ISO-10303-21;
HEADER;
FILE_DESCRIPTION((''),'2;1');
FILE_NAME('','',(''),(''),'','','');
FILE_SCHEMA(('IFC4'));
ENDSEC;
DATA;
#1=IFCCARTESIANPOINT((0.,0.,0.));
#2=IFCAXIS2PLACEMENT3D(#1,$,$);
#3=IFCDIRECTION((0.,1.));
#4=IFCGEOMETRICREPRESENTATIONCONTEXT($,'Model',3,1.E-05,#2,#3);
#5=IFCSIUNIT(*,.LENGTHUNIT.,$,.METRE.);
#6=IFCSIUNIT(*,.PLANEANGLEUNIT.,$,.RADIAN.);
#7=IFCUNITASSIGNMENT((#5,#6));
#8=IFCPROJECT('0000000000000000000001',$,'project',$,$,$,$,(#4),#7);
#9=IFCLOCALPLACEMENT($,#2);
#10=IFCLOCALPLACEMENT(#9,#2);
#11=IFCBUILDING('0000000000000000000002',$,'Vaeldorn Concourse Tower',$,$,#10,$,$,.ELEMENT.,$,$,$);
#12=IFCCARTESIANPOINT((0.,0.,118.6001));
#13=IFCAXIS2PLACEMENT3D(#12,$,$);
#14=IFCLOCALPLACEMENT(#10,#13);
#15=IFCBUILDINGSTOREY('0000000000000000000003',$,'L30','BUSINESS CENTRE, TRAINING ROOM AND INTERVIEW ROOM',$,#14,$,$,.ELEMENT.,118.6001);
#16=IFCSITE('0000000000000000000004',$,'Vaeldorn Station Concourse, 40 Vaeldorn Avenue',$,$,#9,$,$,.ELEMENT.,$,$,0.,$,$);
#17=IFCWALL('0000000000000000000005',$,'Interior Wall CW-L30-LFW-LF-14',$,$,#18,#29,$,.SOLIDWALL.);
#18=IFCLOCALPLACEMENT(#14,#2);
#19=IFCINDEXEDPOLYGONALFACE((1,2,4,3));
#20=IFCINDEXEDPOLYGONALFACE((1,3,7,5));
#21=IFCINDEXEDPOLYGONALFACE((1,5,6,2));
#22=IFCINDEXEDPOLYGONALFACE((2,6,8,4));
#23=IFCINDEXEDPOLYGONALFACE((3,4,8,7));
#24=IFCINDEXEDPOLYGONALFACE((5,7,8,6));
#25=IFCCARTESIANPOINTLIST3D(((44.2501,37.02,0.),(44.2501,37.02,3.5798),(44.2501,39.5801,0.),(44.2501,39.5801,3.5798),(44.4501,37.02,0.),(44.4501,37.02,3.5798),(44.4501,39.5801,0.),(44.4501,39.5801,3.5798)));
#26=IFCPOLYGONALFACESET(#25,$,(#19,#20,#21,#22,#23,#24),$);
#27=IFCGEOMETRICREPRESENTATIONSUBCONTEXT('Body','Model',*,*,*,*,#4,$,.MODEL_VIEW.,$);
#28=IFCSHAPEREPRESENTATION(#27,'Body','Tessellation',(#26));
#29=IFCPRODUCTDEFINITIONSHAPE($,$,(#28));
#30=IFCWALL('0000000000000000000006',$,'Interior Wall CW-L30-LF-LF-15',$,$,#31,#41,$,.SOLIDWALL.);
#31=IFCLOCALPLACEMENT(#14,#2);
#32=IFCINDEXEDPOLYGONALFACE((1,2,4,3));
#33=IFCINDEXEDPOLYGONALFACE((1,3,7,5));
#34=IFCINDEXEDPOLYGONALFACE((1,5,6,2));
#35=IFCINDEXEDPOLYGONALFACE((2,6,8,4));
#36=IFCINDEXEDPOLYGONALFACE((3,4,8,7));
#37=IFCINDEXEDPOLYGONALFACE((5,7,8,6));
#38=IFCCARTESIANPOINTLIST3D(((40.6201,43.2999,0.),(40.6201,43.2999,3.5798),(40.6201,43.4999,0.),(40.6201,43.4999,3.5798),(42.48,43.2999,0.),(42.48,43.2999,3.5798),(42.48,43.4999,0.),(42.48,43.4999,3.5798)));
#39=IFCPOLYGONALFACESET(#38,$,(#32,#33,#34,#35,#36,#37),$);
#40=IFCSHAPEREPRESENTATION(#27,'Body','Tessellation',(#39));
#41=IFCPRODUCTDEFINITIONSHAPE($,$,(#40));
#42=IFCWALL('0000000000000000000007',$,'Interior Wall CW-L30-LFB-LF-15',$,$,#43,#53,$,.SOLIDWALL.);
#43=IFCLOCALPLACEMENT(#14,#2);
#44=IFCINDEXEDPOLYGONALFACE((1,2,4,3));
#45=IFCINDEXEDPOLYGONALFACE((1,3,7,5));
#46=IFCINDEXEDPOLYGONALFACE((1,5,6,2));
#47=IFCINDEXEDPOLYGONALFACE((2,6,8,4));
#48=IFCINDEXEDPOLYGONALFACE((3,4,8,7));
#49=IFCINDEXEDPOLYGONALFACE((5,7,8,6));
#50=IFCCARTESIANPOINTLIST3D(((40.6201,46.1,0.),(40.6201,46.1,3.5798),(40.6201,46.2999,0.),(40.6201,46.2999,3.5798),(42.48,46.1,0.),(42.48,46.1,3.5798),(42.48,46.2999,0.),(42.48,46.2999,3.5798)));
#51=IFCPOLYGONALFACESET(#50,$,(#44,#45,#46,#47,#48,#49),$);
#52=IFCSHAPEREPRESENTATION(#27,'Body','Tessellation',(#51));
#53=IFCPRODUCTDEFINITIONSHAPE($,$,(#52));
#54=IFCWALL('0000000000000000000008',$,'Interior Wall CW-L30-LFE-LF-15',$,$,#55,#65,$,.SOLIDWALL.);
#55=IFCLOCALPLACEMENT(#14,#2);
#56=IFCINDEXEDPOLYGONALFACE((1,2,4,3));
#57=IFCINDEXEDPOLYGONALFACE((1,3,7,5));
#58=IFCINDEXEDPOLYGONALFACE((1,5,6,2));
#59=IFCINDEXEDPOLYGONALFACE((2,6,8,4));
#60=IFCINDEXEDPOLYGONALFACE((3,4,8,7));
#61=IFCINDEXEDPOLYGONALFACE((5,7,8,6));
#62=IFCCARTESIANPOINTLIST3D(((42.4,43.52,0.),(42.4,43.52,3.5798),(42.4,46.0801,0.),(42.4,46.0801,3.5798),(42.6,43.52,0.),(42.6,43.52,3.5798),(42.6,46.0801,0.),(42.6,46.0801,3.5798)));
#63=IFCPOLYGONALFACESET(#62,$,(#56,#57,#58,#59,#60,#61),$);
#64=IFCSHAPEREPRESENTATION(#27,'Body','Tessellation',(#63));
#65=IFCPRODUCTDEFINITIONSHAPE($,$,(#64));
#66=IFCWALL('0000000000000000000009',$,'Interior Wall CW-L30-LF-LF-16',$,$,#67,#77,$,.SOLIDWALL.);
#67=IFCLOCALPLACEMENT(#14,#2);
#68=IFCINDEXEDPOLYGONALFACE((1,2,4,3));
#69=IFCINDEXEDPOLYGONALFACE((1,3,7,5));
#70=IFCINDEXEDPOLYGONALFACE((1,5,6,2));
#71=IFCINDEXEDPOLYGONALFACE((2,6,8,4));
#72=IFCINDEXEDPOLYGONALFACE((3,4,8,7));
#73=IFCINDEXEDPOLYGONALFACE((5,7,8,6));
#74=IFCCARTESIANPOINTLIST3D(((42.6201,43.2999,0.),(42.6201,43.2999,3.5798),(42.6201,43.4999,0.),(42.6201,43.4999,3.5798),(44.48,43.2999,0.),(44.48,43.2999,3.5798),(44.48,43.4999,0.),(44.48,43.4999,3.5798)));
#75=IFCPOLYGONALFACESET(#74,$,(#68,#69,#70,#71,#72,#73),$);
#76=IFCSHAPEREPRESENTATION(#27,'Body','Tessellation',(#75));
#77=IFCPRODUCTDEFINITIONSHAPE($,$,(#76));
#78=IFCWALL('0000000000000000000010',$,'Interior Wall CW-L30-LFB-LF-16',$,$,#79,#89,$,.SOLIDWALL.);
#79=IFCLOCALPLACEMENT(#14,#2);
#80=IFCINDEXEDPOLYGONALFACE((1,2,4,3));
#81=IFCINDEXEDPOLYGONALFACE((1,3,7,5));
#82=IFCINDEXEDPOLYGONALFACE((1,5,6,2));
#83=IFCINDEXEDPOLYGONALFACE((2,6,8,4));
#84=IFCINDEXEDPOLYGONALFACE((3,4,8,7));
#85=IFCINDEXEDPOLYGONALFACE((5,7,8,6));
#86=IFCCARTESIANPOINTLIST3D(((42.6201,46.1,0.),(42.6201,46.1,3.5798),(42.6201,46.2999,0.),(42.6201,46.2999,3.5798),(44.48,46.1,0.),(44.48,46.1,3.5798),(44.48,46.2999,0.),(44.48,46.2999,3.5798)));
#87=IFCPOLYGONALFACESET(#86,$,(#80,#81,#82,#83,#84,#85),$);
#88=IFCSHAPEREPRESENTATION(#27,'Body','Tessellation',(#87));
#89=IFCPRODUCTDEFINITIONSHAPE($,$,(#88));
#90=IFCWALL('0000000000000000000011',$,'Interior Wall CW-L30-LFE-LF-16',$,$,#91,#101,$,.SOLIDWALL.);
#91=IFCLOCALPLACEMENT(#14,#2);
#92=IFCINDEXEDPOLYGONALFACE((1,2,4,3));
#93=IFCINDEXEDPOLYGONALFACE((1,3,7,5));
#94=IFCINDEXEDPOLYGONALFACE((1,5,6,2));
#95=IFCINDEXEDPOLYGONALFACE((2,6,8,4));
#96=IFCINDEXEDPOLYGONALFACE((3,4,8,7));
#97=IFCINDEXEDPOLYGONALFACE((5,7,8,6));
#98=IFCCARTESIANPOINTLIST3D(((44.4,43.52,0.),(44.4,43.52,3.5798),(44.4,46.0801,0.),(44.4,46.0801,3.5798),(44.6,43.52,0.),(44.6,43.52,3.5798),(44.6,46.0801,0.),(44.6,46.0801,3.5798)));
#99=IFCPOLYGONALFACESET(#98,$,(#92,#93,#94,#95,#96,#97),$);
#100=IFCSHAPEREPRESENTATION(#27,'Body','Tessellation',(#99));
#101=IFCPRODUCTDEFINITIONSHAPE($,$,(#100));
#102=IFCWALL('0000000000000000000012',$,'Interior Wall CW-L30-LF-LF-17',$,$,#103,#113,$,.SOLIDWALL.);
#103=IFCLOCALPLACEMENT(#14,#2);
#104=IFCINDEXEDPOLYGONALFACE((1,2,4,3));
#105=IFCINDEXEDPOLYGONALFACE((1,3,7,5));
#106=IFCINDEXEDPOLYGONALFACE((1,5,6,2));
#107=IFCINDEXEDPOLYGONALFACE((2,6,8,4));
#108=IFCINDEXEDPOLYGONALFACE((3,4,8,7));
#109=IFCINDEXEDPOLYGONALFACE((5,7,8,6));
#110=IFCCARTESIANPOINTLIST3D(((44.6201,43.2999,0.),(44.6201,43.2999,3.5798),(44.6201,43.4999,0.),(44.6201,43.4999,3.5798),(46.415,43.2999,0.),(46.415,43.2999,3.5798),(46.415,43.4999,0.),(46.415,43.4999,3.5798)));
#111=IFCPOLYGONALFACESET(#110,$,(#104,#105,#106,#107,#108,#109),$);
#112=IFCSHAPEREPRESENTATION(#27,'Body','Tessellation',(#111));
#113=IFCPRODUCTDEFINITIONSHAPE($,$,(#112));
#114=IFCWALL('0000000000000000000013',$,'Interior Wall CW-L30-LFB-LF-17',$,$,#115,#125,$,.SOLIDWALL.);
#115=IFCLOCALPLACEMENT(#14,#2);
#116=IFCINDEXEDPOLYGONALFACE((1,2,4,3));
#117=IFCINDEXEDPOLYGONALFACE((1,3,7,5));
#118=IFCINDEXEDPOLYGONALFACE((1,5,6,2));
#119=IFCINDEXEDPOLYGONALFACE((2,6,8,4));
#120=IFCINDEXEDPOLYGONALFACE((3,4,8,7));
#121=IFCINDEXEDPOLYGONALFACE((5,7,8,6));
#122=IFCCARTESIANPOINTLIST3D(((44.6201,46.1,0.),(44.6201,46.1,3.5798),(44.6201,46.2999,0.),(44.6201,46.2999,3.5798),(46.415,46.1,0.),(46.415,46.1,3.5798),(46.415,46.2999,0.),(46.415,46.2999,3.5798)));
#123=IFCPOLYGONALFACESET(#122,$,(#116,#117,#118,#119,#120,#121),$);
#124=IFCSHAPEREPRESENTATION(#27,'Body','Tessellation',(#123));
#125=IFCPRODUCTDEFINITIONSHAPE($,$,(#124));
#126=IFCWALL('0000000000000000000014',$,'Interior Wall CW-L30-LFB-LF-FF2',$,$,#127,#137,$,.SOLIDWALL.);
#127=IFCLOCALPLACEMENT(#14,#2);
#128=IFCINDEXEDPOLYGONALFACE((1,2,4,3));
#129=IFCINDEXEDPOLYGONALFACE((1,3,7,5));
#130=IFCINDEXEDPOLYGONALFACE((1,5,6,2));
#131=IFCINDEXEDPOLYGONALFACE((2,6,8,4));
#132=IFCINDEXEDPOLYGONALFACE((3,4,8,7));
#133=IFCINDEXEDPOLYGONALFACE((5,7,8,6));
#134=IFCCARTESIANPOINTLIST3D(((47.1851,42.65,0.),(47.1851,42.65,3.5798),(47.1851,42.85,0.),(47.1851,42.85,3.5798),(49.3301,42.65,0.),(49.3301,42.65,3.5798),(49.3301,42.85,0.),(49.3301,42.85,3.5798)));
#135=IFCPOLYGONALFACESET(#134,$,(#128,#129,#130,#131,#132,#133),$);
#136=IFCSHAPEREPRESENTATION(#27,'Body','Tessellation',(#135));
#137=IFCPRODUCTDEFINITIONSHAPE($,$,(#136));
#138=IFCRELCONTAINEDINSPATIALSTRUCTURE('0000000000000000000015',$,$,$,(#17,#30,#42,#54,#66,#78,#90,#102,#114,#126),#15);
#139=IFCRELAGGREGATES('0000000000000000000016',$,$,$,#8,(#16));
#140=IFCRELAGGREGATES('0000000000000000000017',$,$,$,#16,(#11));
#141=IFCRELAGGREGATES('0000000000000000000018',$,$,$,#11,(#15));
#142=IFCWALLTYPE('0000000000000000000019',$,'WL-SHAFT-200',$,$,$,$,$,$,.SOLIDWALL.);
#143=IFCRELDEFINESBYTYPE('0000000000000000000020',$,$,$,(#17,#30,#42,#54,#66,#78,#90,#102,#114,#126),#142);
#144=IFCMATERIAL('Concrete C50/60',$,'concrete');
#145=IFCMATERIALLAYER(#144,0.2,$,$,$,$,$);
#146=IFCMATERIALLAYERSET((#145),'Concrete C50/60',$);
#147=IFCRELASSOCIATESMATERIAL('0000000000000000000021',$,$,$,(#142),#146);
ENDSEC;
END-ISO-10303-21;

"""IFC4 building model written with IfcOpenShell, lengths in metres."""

from ifc_helpers import new_model, si_unit, direction, frame, frame_2d, origin, place, context, subcontext, project, spatial, rectangle, extrude, material, layer, layer_set, type_object, element, save


model = new_model("IFC4")

# Units and contexts
model_context = context("Model", 3, precision=1e-05, world=origin(), true_north=direction((0.0, 1.0)))
body_context = subcontext(model_context, "Body", "Model", "MODEL_VIEW")
ifc_project = project(units=[si_unit("LENGTHUNIT", "METRE"), si_unit("PLANEANGLEUNIT", "RADIAN")], contexts=[model_context])

# Site, building, storey
site_placement = place(None, origin())
site = spatial("IfcSite", under=ifc_project, at=site_placement, Name="Vaeldorn Station Concourse, 40 Vaeldorn Avenue", CompositionType="ELEMENT", RefElevation=0.0)
building_placement = place(site_placement, origin())
building = spatial("IfcBuilding", under=site, at=building_placement, Name="Vaeldorn Concourse Tower", CompositionType="ELEMENT")
storey_placement = place(building_placement, frame((0.0, 0.0, 118.6001)))
storey = spatial("IfcBuildingStorey", under=building, at=storey_placement, Name="L30", Description="BUSINESS CENTRE, TRAINING ROOM AND INTERVIEW ROOM", CompositionType="ELEMENT", Elevation=118.6001)

# Shared definitions
ifc_material_1 = material(Name="Concrete C50/60", Category="concrete")
ifc_layer_1 = layer(ifc_material_1, 0.2)
ifc_layer_set_1 = layer_set([ifc_layer_1], Name="Concrete C50/60")
wall_type_1 = type_object("IfcWallType", Name="WL-SHAFT-200", PredefinedType="SOLIDWALL", material=ifc_layer_set_1)

# Walls
wall_1_placement = place(storey_placement, frame((44.3501, 37.02, 0.0), z_axis=(0.0, 0.0, 1.0), x_axis=(0.0, 1.0, 0.0)))
element("IfcWall", 1, at=wall_1_placement, inside=storey, type_object=wall_type_1, Name="Interior Wall CW-L30-LFW-LF-14", PredefinedType="SOLIDWALL", context=body_context, shape_type="SweptSolid", body=[
    extrude(rectangle(XDim=2.5601, YDim=0.2, at=frame_2d((1.28, 0.0))), origin(), (0.0, 0.0, 1.0), 3.5798),
])
for number, where, z_axis, x_axis, name in (
    (2, (40.6201, 43.3999, 0.0), (0.0, 0.0, 1.0), (1.0, 0.0, 0.0), "Interior Wall CW-L30-LF-LF-15"),
    (3, (40.6201, 46.2, 0.0), (0.0, 0.0, 1.0), (1.0, 0.0, 0.0), "Interior Wall CW-L30-LFB-LF-15"),
):
    element("IfcWall", number, at=place(storey_placement, frame(where, z_axis=z_axis, x_axis=x_axis)), inside=storey, type_object=wall_type_1, Name=name, PredefinedType="SOLIDWALL", context=body_context, shape_type="SweptSolid", body=[
        extrude(rectangle(XDim=1.8599, YDim=0.2, at=frame_2d((0.9299, 0.0))), origin(), (0.0, 0.0, 1.0), 3.5798),
    ])
wall_2_placement = place(storey_placement, frame((42.5, 43.52, 0.0), z_axis=(0.0, 0.0, 1.0), x_axis=(0.0, 1.0, 0.0)))
element("IfcWall", 4, at=wall_2_placement, inside=storey, type_object=wall_type_1, Name="Interior Wall CW-L30-LFE-LF-15", PredefinedType="SOLIDWALL", context=body_context, shape_type="SweptSolid", body=[
    extrude(rectangle(XDim=2.5601, YDim=0.2, at=frame_2d((1.28, 0.0))), origin(), (0.0, 0.0, 1.0), 3.5798),
])
for number, where, z_axis, x_axis, name in (
    (5, (42.6201, 43.3999, 0.0), (0.0, 0.0, 1.0), (1.0, 0.0, 0.0), "Interior Wall CW-L30-LF-LF-16"),
    (6, (42.6201, 46.2, 0.0), (0.0, 0.0, 1.0), (1.0, 0.0, 0.0), "Interior Wall CW-L30-LFB-LF-16"),
):
    element("IfcWall", number, at=place(storey_placement, frame(where, z_axis=z_axis, x_axis=x_axis)), inside=storey, type_object=wall_type_1, Name=name, PredefinedType="SOLIDWALL", context=body_context, shape_type="SweptSolid", body=[
        extrude(rectangle(XDim=1.8599, YDim=0.2, at=frame_2d((0.9299, 0.0))), origin(), (0.0, 0.0, 1.0), 3.5798),
    ])
wall_3_placement = place(storey_placement, frame((44.5, 43.52, 0.0), z_axis=(0.0, 0.0, 1.0), x_axis=(0.0, 1.0, 0.0)))
element("IfcWall", 7, at=wall_3_placement, inside=storey, type_object=wall_type_1, Name="Interior Wall CW-L30-LFE-LF-16", PredefinedType="SOLIDWALL", context=body_context, shape_type="SweptSolid", body=[
    extrude(rectangle(XDim=2.5601, YDim=0.2, at=frame_2d((1.28, 0.0))), origin(), (0.0, 0.0, 1.0), 3.5798),
])
for number, where, z_axis, x_axis, name in (
    (8, (44.6201, 43.3999, 0.0), (0.0, 0.0, 1.0), (1.0, 0.0, 0.0), "Interior Wall CW-L30-LF-LF-17"),
    (9, (44.6201, 46.2, 0.0), (0.0, 0.0, 1.0), (1.0, 0.0, 0.0), "Interior Wall CW-L30-LFB-LF-17"),
):
    element("IfcWall", number, at=place(storey_placement, frame(where, z_axis=z_axis, x_axis=x_axis)), inside=storey, type_object=wall_type_1, Name=name, PredefinedType="SOLIDWALL", context=body_context, shape_type="SweptSolid", body=[
        extrude(rectangle(XDim=1.7949, YDim=0.2, at=frame_2d((0.8975, 0.0))), origin(), (0.0, 0.0, 1.0), 3.5798),
    ])

# Wall
wall_4_placement = place(storey_placement, frame((47.1851, 42.75, 0.0), z_axis=(0.0, 0.0, 1.0), x_axis=(1.0, 0.0, 0.0)))
element("IfcWall", 10, at=wall_4_placement, inside=storey, type_object=wall_type_1, Name="Interior Wall CW-L30-LFB-LF-FF2", PredefinedType="SOLIDWALL", context=body_context, shape_type="SweptSolid", body=[
    extrude(rectangle(XDim=2.145, YDim=0.2, at=frame_2d((1.0725, 0.0))), origin(), (0.0, 0.0, 1.0), 3.5798),
])

save(model, "model.ifc")
